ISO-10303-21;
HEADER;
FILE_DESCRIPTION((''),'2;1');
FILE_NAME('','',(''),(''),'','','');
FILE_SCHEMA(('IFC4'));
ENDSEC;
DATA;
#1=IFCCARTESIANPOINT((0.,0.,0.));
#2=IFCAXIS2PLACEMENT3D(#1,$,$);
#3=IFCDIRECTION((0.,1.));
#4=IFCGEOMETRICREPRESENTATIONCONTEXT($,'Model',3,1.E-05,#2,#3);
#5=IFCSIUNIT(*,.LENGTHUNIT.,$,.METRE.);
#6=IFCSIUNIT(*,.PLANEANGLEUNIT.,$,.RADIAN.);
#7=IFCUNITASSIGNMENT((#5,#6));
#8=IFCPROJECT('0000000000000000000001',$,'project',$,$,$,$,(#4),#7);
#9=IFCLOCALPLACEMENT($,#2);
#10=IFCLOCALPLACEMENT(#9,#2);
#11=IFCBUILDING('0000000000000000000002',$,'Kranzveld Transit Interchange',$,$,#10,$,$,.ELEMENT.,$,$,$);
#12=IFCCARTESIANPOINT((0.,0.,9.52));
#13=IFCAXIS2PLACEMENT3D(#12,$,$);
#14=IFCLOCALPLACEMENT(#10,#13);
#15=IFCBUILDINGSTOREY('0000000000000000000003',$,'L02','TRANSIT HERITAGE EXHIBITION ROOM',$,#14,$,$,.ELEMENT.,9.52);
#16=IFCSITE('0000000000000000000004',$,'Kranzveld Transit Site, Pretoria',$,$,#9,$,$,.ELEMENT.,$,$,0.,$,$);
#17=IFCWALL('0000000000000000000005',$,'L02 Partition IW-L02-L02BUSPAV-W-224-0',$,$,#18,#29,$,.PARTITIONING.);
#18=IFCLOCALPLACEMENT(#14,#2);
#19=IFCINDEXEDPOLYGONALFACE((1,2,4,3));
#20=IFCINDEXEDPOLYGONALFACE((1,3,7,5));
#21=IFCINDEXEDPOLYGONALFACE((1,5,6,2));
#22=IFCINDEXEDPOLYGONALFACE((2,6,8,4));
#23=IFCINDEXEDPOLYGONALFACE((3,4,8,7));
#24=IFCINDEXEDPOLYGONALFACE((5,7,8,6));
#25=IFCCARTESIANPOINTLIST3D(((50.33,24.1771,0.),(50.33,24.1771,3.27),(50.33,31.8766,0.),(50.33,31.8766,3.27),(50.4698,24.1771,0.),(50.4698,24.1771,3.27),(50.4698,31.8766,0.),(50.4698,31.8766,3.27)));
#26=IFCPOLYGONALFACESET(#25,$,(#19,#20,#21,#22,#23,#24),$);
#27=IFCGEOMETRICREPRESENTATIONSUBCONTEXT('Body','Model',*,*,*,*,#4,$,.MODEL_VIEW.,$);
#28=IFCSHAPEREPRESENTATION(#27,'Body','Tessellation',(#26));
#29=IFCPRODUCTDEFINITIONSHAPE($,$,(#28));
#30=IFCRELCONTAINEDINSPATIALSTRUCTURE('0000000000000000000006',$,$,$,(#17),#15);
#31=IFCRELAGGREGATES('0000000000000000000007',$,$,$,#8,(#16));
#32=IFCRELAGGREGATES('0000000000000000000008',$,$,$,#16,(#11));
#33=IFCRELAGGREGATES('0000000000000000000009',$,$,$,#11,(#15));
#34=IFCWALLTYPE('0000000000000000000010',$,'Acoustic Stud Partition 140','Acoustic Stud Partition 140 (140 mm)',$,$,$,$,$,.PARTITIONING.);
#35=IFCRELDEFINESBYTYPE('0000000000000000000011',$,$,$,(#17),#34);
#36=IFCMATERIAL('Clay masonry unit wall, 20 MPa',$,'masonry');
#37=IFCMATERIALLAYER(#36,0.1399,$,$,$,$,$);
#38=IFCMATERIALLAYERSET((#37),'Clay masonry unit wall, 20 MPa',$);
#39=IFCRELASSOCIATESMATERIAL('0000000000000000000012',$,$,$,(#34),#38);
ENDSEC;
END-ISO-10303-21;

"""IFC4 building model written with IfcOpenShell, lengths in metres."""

from ifc_helpers import new_model, si_unit, direction, frame, frame_2d, origin, place, context, subcontext, project, spatial, rectangle, extrude, material, layer, layer_set, type_object, element, save


model = new_model("IFC4")

# Units and contexts
model_context = context("Model", 3, precision=1e-05, world=origin(), true_north=direction((0.0, 1.0)))
body_context = subcontext(model_context, "Body", "Model", "MODEL_VIEW")
ifc_project = project(units=[si_unit("LENGTHUNIT", "METRE"), si_unit("PLANEANGLEUNIT", "RADIAN")], contexts=[model_context])

# Site, building, storey
site_placement = place(None, origin())
site = spatial("IfcSite", under=ifc_project, at=site_placement, Name="Kranzveld Transit Site, Pretoria", CompositionType="ELEMENT", RefElevation=0.0)
building_placement = place(site_placement, origin())
building = spatial("IfcBuilding", under=site, at=building_placement, Name="Kranzveld Transit Interchange", CompositionType="ELEMENT")
storey_placement = place(building_placement, frame((0.0, 0.0, 9.52)))
storey = spatial("IfcBuildingStorey", under=building, at=storey_placement, Name="L02", Description="TRANSIT HERITAGE EXHIBITION ROOM", CompositionType="ELEMENT", Elevation=9.52)

# Wall
ifc_material_1 = material(Name="Clay masonry unit wall, 20 MPa", Category="masonry")
ifc_layer_1 = layer(ifc_material_1, 0.1399)
ifc_layer_set_1 = layer_set([ifc_layer_1], Name="Clay masonry unit wall, 20 MPa")
wall_type = type_object("IfcWallType", Name="Acoustic Stud Partition 140", Description="Acoustic Stud Partition 140 (140 mm)", PredefinedType="PARTITIONING", material=ifc_layer_set_1)
wall_placement = place(storey_placement, frame((50.3999, 24.1772, 0.0), z_axis=(0.0, 0.0, 1.0), x_axis=(0.0, 1.0, 0.0)))
element("IfcWall", 1, at=wall_placement, inside=storey, type_object=wall_type, Name="L02 Partition IW-L02-L02BUSPAV-W-224-0", PredefinedType="PARTITIONING", context=body_context, shape_type="SweptSolid", body=[
    extrude(rectangle(XDim=7.6995, YDim=0.1399, at=frame_2d((3.8496, 0.0))), origin(), (0.0, 0.0, 1.0), 3.27),
])

save(model, "model.ifc")
